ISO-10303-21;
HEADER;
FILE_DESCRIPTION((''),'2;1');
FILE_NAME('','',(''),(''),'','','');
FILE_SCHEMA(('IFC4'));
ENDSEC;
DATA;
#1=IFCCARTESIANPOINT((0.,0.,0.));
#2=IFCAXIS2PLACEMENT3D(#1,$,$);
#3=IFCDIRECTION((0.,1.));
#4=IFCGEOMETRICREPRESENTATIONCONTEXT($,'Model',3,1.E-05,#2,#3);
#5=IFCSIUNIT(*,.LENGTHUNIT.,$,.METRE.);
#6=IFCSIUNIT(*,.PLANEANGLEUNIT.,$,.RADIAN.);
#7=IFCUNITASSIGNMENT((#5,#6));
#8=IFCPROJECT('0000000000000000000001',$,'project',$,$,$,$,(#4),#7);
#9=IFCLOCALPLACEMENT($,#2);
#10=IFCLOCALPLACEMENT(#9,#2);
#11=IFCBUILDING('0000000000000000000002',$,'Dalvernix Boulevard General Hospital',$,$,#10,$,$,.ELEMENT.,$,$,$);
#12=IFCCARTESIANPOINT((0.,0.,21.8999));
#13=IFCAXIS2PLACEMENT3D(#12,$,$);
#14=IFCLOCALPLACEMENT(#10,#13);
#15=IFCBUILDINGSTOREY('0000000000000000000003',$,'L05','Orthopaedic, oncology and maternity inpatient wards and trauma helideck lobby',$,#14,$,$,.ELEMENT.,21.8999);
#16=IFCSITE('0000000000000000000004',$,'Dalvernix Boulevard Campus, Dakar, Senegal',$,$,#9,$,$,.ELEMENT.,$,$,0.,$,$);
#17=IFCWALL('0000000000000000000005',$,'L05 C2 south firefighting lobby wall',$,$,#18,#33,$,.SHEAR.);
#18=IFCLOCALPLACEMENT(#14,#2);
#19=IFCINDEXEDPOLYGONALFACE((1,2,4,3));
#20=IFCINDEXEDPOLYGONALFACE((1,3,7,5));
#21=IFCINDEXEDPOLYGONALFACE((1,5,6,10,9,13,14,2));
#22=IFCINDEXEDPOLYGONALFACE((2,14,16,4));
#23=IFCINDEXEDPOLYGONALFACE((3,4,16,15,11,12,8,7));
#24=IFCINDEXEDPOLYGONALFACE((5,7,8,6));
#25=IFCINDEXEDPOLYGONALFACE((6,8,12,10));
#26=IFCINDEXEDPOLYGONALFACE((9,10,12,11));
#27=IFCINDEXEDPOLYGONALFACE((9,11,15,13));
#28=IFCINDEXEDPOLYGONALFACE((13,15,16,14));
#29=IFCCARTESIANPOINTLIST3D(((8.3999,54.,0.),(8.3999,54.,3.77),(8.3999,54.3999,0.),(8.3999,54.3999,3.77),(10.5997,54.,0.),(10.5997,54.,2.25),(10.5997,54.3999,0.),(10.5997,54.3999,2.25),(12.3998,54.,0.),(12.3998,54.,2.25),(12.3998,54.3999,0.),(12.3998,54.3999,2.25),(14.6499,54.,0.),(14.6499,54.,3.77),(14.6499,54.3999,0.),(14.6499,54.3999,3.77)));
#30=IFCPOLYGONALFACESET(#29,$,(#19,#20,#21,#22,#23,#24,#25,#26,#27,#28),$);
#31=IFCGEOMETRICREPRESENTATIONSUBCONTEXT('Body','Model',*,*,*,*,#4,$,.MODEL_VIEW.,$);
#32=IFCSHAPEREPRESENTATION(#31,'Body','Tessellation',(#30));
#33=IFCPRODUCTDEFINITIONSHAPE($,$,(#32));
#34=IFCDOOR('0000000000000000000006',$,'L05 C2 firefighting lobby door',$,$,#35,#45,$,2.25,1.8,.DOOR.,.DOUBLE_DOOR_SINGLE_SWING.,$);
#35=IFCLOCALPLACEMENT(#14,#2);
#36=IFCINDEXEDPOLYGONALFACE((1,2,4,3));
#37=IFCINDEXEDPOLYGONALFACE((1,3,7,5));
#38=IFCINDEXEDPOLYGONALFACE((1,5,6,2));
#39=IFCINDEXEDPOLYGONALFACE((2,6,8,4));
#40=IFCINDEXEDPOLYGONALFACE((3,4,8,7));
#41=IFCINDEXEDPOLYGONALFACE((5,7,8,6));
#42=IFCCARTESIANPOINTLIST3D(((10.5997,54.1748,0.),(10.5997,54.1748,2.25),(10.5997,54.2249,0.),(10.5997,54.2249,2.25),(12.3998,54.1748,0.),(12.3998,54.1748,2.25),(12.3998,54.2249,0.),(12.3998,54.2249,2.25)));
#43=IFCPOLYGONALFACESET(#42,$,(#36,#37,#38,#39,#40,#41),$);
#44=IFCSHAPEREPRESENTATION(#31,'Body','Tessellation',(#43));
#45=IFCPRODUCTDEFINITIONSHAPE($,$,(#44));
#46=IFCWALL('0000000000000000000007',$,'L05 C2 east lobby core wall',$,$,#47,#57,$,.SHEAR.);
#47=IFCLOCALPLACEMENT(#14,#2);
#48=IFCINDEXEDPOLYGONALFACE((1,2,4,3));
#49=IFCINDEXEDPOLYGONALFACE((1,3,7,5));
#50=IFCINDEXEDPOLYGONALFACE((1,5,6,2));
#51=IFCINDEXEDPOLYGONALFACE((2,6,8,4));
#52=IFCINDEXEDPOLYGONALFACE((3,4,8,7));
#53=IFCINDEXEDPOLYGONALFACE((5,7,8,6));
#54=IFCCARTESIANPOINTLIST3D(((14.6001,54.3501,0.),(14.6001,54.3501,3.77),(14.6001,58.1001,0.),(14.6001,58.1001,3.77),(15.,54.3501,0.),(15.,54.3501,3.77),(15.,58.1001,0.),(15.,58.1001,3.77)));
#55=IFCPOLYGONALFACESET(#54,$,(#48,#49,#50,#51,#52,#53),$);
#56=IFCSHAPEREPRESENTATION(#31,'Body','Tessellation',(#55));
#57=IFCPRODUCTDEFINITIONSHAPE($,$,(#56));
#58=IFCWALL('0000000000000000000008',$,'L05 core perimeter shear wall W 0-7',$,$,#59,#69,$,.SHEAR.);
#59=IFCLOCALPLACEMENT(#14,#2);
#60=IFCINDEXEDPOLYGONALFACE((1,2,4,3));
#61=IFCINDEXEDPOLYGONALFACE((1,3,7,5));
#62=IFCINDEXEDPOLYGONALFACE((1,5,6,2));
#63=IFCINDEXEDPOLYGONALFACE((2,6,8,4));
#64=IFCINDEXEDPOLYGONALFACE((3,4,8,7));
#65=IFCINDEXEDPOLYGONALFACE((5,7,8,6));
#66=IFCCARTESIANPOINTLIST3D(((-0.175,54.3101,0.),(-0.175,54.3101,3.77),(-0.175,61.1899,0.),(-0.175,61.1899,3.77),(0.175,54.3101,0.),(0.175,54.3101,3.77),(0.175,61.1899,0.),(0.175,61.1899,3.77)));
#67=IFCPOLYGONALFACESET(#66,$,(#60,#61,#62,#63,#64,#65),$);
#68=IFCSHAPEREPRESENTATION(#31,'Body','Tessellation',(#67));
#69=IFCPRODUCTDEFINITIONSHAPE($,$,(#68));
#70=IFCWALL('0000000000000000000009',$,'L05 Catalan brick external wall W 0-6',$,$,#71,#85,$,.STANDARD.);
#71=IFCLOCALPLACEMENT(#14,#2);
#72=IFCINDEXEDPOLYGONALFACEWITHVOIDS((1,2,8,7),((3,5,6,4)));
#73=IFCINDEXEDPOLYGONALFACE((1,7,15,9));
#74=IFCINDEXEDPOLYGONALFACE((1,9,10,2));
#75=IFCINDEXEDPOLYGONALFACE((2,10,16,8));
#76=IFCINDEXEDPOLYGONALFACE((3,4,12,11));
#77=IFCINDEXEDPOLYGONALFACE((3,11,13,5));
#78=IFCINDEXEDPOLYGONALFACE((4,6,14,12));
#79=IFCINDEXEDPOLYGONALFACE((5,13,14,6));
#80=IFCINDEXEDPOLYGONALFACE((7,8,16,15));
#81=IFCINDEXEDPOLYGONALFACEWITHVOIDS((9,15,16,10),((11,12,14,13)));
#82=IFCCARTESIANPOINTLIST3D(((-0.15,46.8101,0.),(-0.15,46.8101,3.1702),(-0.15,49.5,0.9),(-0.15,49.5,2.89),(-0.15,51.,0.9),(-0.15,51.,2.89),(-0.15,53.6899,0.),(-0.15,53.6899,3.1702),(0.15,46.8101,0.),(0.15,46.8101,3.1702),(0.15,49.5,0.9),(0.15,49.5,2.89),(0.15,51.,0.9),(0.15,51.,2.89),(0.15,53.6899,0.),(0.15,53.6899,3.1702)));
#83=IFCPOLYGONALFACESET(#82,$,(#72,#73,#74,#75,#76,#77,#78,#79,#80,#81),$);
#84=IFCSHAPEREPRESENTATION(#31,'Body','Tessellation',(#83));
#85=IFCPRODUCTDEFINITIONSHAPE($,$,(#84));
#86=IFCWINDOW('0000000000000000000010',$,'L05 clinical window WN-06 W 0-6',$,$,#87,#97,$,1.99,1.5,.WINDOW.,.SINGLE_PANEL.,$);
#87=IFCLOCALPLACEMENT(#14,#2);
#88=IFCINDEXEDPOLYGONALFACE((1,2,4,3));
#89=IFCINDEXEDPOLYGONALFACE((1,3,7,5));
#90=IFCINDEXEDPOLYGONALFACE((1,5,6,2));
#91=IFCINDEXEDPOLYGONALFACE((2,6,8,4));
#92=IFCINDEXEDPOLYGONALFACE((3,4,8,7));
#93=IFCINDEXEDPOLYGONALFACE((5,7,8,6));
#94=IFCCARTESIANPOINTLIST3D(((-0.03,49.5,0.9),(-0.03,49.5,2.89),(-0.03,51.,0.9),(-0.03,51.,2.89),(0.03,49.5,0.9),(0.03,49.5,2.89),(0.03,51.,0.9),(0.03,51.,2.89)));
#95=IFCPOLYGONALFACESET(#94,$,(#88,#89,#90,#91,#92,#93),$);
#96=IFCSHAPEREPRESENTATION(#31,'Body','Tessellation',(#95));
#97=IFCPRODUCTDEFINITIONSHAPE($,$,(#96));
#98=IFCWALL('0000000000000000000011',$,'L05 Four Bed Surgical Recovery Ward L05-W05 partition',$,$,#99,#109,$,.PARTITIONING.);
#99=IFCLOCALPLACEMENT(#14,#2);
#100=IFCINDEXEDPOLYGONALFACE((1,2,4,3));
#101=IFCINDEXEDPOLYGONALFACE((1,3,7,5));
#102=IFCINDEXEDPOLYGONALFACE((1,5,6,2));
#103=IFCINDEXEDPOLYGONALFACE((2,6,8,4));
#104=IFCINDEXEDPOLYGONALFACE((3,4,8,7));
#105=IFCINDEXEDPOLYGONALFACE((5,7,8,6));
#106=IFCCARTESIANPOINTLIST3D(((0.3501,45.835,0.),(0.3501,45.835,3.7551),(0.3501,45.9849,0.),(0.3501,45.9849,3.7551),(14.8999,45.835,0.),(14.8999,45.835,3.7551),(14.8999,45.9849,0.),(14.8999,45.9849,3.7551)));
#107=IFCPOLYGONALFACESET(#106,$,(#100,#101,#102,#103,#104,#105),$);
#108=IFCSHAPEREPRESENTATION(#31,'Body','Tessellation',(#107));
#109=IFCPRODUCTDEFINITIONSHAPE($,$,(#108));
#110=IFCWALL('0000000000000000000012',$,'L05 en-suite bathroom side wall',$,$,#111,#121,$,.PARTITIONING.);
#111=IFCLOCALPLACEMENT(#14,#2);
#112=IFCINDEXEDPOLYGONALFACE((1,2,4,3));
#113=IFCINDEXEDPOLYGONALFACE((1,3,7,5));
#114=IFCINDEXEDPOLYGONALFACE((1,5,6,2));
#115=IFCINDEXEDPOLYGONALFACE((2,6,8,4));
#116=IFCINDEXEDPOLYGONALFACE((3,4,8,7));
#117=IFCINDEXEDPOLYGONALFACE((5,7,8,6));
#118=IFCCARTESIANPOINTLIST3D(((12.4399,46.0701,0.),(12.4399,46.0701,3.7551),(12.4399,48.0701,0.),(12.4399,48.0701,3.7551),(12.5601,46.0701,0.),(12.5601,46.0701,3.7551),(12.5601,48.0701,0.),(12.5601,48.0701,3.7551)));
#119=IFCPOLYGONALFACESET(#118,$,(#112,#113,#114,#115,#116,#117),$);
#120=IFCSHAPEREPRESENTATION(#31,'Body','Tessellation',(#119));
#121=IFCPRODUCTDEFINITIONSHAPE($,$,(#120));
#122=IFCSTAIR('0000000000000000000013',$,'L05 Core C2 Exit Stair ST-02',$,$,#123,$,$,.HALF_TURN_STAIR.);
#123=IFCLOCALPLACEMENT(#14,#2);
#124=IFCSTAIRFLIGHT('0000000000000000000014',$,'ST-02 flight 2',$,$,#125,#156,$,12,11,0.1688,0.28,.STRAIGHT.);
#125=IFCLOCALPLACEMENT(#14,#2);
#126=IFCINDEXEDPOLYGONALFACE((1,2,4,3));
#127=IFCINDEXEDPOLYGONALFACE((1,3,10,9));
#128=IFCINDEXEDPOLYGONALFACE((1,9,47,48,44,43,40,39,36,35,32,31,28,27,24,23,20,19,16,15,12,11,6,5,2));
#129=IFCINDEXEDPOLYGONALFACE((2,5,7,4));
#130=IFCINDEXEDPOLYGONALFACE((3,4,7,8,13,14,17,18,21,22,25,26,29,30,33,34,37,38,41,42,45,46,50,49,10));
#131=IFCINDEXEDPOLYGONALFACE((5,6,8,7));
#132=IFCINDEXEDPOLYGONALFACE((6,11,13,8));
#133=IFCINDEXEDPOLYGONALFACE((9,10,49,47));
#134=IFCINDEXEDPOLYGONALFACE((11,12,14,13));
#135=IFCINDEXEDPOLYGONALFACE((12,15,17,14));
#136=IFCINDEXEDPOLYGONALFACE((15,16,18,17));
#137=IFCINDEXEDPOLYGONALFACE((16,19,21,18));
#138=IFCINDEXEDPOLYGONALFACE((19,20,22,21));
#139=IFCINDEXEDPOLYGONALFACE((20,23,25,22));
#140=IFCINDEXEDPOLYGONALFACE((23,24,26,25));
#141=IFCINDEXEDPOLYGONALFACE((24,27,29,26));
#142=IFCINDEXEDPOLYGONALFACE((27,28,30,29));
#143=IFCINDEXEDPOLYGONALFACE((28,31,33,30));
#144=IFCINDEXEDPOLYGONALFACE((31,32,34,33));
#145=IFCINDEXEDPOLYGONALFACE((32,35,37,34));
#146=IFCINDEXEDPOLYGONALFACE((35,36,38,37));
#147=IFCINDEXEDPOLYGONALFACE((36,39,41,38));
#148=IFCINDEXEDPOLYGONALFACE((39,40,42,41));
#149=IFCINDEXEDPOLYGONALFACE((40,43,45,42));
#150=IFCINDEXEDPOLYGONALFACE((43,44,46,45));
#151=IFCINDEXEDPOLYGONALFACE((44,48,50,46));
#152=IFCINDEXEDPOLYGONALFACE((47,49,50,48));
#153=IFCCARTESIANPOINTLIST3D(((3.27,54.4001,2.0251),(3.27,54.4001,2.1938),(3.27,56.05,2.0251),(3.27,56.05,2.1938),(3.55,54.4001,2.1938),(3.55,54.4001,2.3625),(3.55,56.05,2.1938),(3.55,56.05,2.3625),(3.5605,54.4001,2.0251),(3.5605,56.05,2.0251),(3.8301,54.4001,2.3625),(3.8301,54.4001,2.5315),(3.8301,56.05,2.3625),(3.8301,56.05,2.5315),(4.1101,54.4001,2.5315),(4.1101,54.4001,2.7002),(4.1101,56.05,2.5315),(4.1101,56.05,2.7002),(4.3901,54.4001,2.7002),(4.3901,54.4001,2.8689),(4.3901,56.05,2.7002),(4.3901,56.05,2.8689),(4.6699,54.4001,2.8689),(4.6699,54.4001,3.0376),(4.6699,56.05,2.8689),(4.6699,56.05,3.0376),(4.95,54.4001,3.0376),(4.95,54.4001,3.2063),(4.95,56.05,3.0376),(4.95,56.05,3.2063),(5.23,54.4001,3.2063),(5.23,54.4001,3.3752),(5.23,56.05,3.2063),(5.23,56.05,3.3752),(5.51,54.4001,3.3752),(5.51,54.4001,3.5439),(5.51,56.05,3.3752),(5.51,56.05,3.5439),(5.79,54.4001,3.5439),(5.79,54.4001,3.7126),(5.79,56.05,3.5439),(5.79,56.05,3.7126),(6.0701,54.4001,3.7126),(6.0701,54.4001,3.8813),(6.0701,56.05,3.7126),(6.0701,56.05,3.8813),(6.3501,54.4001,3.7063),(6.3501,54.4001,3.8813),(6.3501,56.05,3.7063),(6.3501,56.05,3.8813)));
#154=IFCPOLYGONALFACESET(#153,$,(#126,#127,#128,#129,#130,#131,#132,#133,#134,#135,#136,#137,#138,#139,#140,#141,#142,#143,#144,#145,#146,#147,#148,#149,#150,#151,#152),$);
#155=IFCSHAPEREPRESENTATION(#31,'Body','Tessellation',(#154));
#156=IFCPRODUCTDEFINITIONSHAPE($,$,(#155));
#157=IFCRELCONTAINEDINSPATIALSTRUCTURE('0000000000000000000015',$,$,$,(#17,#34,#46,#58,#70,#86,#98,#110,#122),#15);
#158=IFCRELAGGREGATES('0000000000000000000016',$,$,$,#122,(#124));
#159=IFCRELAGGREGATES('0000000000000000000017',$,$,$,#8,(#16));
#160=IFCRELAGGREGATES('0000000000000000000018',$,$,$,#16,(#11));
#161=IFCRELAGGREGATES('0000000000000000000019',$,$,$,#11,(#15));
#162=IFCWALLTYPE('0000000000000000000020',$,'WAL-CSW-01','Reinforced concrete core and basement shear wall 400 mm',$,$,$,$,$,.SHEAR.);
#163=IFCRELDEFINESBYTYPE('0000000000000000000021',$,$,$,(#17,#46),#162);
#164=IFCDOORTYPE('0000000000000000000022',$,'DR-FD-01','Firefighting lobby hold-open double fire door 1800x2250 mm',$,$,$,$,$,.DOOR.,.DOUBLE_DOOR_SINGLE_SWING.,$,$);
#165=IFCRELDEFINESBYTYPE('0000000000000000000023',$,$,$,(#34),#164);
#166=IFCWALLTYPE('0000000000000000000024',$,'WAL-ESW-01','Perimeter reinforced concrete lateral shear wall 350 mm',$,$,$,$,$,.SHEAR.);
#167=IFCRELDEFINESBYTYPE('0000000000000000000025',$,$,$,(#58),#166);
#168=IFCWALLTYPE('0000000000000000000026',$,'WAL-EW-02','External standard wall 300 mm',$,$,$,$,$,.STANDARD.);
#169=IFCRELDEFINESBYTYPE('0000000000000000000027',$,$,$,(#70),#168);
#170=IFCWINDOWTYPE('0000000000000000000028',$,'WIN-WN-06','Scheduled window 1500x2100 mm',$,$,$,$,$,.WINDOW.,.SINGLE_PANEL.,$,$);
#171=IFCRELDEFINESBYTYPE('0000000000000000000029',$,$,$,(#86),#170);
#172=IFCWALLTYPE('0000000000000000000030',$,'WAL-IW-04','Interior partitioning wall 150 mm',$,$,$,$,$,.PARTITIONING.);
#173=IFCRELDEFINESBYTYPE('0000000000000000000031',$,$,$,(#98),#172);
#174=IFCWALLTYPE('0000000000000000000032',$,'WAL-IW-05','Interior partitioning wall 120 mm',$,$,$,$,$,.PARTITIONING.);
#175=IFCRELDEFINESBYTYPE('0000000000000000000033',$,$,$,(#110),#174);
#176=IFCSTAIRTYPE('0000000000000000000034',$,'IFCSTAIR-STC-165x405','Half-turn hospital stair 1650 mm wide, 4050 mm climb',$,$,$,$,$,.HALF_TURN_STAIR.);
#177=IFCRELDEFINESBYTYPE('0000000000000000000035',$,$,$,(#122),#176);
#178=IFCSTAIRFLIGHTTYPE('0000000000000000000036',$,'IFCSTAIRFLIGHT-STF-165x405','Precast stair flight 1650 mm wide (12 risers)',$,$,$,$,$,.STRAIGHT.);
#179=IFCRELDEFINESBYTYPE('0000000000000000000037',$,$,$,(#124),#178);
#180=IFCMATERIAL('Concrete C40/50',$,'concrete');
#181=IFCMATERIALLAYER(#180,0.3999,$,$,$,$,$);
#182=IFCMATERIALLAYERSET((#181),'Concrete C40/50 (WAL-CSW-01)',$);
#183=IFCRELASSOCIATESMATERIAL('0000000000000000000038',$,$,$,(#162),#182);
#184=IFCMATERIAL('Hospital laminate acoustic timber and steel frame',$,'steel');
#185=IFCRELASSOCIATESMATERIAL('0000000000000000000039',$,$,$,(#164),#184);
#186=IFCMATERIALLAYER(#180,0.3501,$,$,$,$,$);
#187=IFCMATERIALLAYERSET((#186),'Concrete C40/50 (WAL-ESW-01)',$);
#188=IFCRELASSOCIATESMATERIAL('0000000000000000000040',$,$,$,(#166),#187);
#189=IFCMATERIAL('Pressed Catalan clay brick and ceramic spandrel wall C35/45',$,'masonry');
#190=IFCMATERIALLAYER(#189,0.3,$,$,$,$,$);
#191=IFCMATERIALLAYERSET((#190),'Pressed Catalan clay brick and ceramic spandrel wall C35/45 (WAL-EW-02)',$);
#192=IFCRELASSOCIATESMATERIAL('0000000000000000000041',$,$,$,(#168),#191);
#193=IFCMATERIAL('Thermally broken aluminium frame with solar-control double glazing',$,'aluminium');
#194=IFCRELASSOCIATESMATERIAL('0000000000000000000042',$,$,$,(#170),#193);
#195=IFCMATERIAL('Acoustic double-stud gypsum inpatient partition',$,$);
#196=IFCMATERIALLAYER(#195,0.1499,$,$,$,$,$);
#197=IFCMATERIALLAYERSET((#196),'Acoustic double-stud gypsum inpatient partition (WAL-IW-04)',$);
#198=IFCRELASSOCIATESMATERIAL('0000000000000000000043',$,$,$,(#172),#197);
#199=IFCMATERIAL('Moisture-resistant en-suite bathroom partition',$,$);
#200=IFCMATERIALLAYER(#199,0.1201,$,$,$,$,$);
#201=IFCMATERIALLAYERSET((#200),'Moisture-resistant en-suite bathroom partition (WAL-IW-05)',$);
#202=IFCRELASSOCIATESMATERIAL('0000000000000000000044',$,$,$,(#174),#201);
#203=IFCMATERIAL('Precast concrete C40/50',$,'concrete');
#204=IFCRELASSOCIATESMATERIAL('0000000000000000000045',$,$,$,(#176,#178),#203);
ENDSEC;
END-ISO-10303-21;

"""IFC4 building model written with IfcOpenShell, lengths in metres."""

from ifc_helpers import new_model, si_unit, direction, frame, frame_2d, origin, place, context, subcontext, project, spatial, polyline, rectangle, outline, extrude, material, layer, layer_set, type_object, element, fill, aggregate, save


model = new_model("IFC4")

# Units and contexts
model_context = context("Model", 3, precision=1e-05, world=origin(), true_north=direction((0.0, 1.0)))
body_context = subcontext(model_context, "Body", "Model", "MODEL_VIEW")
ifc_project = project(units=[si_unit("LENGTHUNIT", "METRE"), si_unit("PLANEANGLEUNIT", "RADIAN")], contexts=[model_context])

# Site, building, storey
site_placement = place(None, origin())
site = spatial("IfcSite", under=ifc_project, at=site_placement, Name="Dalvernix Boulevard Campus, Dakar, Senegal", CompositionType="ELEMENT", RefElevation=0.0)
building_placement = place(site_placement, origin())
building = spatial("IfcBuilding", under=site, at=building_placement, Name="Dalvernix Boulevard General Hospital", CompositionType="ELEMENT")
storey_placement = place(building_placement, frame((0.0, 0.0, 21.8999)))
storey = spatial("IfcBuildingStorey", under=building, at=storey_placement, Name="L05", Description="Orthopaedic, oncology and maternity inpatient wards and trauma helideck lobby", CompositionType="ELEMENT", Elevation=21.8999)

# Shared definitions
ifc_material_1 = material(Name="Concrete C40/50", Category="concrete")

# Shared definitions
ifc_layer_1 = layer(ifc_material_1, 0.3999)
ifc_layer_set_1 = layer_set([ifc_layer_1], Name="Concrete C40/50 (WAL-CSW-01)")
wall_type_1 = type_object("IfcWallType", Name="WAL-CSW-01", Description="Reinforced concrete core and basement shear wall 400 mm", PredefinedType="SHEAR", material=ifc_layer_set_1)

# Wall, opening, door
wall_1_placement = place(storey_placement, frame((8.3999, 54.2, 0.0), z_axis=(0.0, 0.0, 1.0), x_axis=(1.0, 0.0, 0.0)))
wall_1 = element("IfcWall", 1, at=wall_1_placement, inside=storey, type_object=wall_type_1, Name="L05 C2 south firefighting lobby wall", PredefinedType="SHEAR", context=body_context, shape_type="SweptSolid", body=[
    extrude(rectangle(XDim=6.25, YDim=0.3999, at=frame_2d((3.125, 0.0))), origin(), (0.0, 0.0, 1.0), 3.77),
])
opening_1_placement = place(wall_1_placement, frame((2.2, 0.0, 0.0)))
opening_1 = element("IfcOpeningElement", 2, at=opening_1_placement, cuts=wall_1, PredefinedType="OPENING", context=body_context, shape_type="SweptSolid", body=[
    extrude(rectangle(XDim=1.8, YDim=2.25, at=frame_2d((0.8999, 1.125))), frame((0.0, 0.21, 0.0), z_axis=(0.0, -1.0, 0.0), x_axis=(1.0, 0.0, 0.0)), (0.0, 0.0, 1.0), 0.4199),
])
ifc_material_2 = material(Name="Hospital laminate acoustic timber and steel frame", Category="steel")
door_type = type_object("IfcDoorType", Name="DR-FD-01", Description="Firefighting lobby hold-open double fire door 1800x2250 mm", OperationType="DOUBLE_DOOR_SINGLE_SWING", PredefinedType="DOOR", material=ifc_material_2)
door_placement = place(opening_1_placement, origin())
door = element("IfcDoor", 3, at=door_placement, inside=storey, type_object=door_type, Name="L05 C2 firefighting lobby door", OperationType="DOUBLE_DOOR_SINGLE_SWING", OverallHeight=2.25, OverallWidth=1.8, PredefinedType="DOOR", context=body_context, shape_type="SweptSolid", body=[
    extrude(rectangle(XDim=1.8, YDim=2.25, at=frame_2d((0.8999, 1.125))), frame((0.0, 0.0249, 0.0), z_axis=(0.0, -1.0, 0.0), x_axis=(1.0, 0.0, 0.0)), (0.0, 0.0, 1.0), 0.05),
])
fill(opening_1, door)

# Walls
wall_2_placement = place(storey_placement, frame((14.8, 54.3501, 0.0), z_axis=(0.0, 0.0, 1.0), x_axis=(0.0, 1.0, 0.0)))
element("IfcWall", 4, at=wall_2_placement, inside=storey, type_object=wall_type_1, Name="L05 C2 east lobby core wall", PredefinedType="SHEAR", context=body_context, shape_type="SweptSolid", body=[
    extrude(rectangle(XDim=3.75, YDim=0.3999, at=frame_2d((1.875, 0.0))), origin(), (0.0, 0.0, 1.0), 3.77),
])
ifc_layer_2 = layer(ifc_material_1, 0.3501)
ifc_layer_set_2 = layer_set([ifc_layer_2], Name="Concrete C40/50 (WAL-ESW-01)")
wall_type_2 = type_object("IfcWallType", Name="WAL-ESW-01", Description="Perimeter reinforced concrete lateral shear wall 350 mm", PredefinedType="SHEAR", material=ifc_layer_set_2)
wall_3_placement = place(storey_placement, frame((0.0, 54.3101, 0.0), z_axis=(0.0, 0.0, 1.0), x_axis=(0.0, 1.0, 0.0)))
element("IfcWall", 5, at=wall_3_placement, inside=storey, type_object=wall_type_2, Name="L05 core perimeter shear wall W 0-7", PredefinedType="SHEAR", context=body_context, shape_type="SweptSolid", body=[
    extrude(rectangle(XDim=6.8799, YDim=0.3501, at=frame_2d((3.4399, 0.0))), origin(), (0.0, 0.0, 1.0), 3.77),
])

# Wall, opening, window
ifc_material_3 = material(Name="Pressed Catalan clay brick and ceramic spandrel wall C35/45", Category="masonry")
ifc_layer_3 = layer(ifc_material_3, 0.3)
ifc_layer_set_3 = layer_set([ifc_layer_3], Name="Pressed Catalan clay brick and ceramic spandrel wall C35/45 (WAL-EW-02)")
wall_type_3 = type_object("IfcWallType", Name="WAL-EW-02", Description="External standard wall 300 mm", PredefinedType="STANDARD", material=ifc_layer_set_3)
wall_4_placement = place(storey_placement, frame((0.0, 46.8101, 0.0), z_axis=(0.0, 0.0, 1.0), x_axis=(0.0, 1.0, 0.0)))
wall_4 = element("IfcWall", 6, at=wall_4_placement, inside=storey, type_object=wall_type_3, Name="L05 Catalan brick external wall W 0-6", PredefinedType="STANDARD", context=body_context, shape_type="SweptSolid", body=[
    extrude(rectangle(XDim=6.8799, YDim=0.3, at=frame_2d((3.4399, 0.0))), origin(), (0.0, 0.0, 1.0), 3.1702),
])
opening_2_placement = place(wall_4_placement, frame((2.6899, 0.0, 0.8999)))
opening_2 = element("IfcOpeningElement", 7, at=opening_2_placement, cuts=wall_4, PredefinedType="OPENING", context=body_context, shape_type="SweptSolid", body=[
    extrude(rectangle(XDim=1.5, YDim=1.99, at=frame_2d((0.75, 0.9951))), frame((0.0, 0.1599, 0.0), z_axis=(0.0, -1.0, 0.0), x_axis=(1.0, 0.0, 0.0)), (0.0, 0.0, 1.0), 0.3201),
])
ifc_material_4 = material(Name="Thermally broken aluminium frame with solar-control double glazing", Category="aluminium")
window_type = type_object("IfcWindowType", Name="WIN-WN-06", Description="Scheduled window 1500x2100 mm", PartitioningType="SINGLE_PANEL", PredefinedType="WINDOW", material=ifc_material_4)
window_placement = place(opening_2_placement, origin())
window = element("IfcWindow", 8, at=window_placement, inside=storey, type_object=window_type, Name="L05 clinical window WN-06 W 0-6", OverallHeight=1.99, OverallWidth=1.5, PartitioningType="SINGLE_PANEL", PredefinedType="WINDOW", context=body_context, shape_type="SweptSolid", body=[
    extrude(rectangle(XDim=1.5, YDim=1.99, at=frame_2d((0.75, 0.9951))), frame((0.0, 0.03, 0.0), z_axis=(0.0, -1.0, 0.0), x_axis=(1.0, 0.0, 0.0)), (0.0, 0.0, 1.0), 0.0601),
])
fill(opening_2, window)

# Walls
ifc_material_5 = material(Name="Acoustic double-stud gypsum inpatient partition")
ifc_layer_4 = layer(ifc_material_5, 0.1499)
ifc_layer_set_4 = layer_set([ifc_layer_4], Name="Acoustic double-stud gypsum inpatient partition (WAL-IW-04)")
wall_type_4 = type_object("IfcWallType", Name="WAL-IW-04", Description="Interior partitioning wall 150 mm", PredefinedType="PARTITIONING", material=ifc_layer_set_4)
wall_5_placement = place(storey_placement, frame((0.3501, 45.9099, 0.0), z_axis=(0.0, 0.0, 1.0), x_axis=(1.0, 0.0, 0.0)))
element("IfcWall", 9, at=wall_5_placement, inside=storey, type_object=wall_type_4, Name="L05 Four Bed Surgical Recovery Ward L05-W05 partition", PredefinedType="PARTITIONING", context=body_context, shape_type="SweptSolid", body=[
    extrude(rectangle(XDim=14.5498, YDim=0.1499, at=frame_2d((7.2749, 0.0))), origin(), (0.0, 0.0, 1.0), 3.7551),
])
ifc_material_6 = material(Name="Moisture-resistant en-suite bathroom partition")
ifc_layer_5 = layer(ifc_material_6, 0.1201)
ifc_layer_set_5 = layer_set([ifc_layer_5], Name="Moisture-resistant en-suite bathroom partition (WAL-IW-05)")
wall_type_5 = type_object("IfcWallType", Name="WAL-IW-05", Description="Interior partitioning wall 120 mm", PredefinedType="PARTITIONING", material=ifc_layer_set_5)
wall_6_placement = place(storey_placement, frame((12.5, 46.0701, 0.0), z_axis=(0.0, 0.0, 1.0), x_axis=(0.0, 1.0, 0.0)))
element("IfcWall", 10, at=wall_6_placement, inside=storey, type_object=wall_type_5, Name="L05 en-suite bathroom side wall", PredefinedType="PARTITIONING", context=body_context, shape_type="SweptSolid", body=[
    extrude(rectangle(XDim=2.0, YDim=0.1201, at=frame_2d((1.0, 0.0))), origin(), (0.0, 0.0, 1.0), 3.7551),
])

# Stair, stair flight
ifc_material_7 = material(Name="Precast concrete C40/50", Category="concrete")
stair_type = type_object("IfcStairType", Name="IFCSTAIR-STC-165x405", Description="Half-turn hospital stair 1650 mm wide, 4050 mm climb", PredefinedType="HALF_TURN_STAIR", material=ifc_material_7)
stair_placement = place(storey_placement, origin())
stair = element("IfcStair", 11, at=stair_placement, inside=storey, type_object=stair_type, Name="L05 Core C2 Exit Stair ST-02", PredefinedType="HALF_TURN_STAIR")
stair_flight_type = type_object("IfcStairFlightType", Name="IFCSTAIRFLIGHT-STF-165x405", Description="Precast stair flight 1650 mm wide (12 risers)", PredefinedType="STRAIGHT", material=ifc_material_7)
stair_flight_placement = place(storey_placement, frame((3.27, 55.2251, 2.0251), z_axis=(0.0, 0.0, 1.0), x_axis=(1.0, 0.0, 0.0)))
stair_flight = element("IfcStairFlight", 12, at=stair_flight_placement, type_object=stair_flight_type, Name="ST-02 flight 2", NumberOfRisers=12, NumberOfTreads=11, PredefinedType="STRAIGHT", RiserHeight=0.1688, TreadLength=0.28, context=body_context, shape_type="SweptSolid", body=[
    extrude(outline(polyline([(0.0, 0.0), (0.0, 0.1687), (0.28, 0.1687), (0.28, 0.3374), (0.5601, 0.3374), (0.5601, 0.5063), (0.8401, 0.5063), (0.8401, 0.675), (1.1201, 0.675), (1.1201, 0.8438), (1.3999, 0.8438), (1.3999, 1.0125), (1.6799, 1.0125), (1.6799, 1.1812), (1.96, 1.1812), (1.96, 1.3501), (2.24, 1.3501), (2.24, 1.5188), (2.52, 1.5188), (2.52, 1.6875), (2.8, 1.6875), (2.8, 1.8562), (3.0801, 1.8562), (3.0801, 2.0249), (3.0801, 1.6812), (0.2905, 0.0), (0.0, 0.0)])), frame((0.0, 0.825, 0.0), z_axis=(0.0, -1.0, 0.0), x_axis=(1.0, 0.0, 0.0)), (0.0, 0.0, 1.0), 1.6499),
])
aggregate(stair, [stair_flight])

save(model, "model.ifc")
